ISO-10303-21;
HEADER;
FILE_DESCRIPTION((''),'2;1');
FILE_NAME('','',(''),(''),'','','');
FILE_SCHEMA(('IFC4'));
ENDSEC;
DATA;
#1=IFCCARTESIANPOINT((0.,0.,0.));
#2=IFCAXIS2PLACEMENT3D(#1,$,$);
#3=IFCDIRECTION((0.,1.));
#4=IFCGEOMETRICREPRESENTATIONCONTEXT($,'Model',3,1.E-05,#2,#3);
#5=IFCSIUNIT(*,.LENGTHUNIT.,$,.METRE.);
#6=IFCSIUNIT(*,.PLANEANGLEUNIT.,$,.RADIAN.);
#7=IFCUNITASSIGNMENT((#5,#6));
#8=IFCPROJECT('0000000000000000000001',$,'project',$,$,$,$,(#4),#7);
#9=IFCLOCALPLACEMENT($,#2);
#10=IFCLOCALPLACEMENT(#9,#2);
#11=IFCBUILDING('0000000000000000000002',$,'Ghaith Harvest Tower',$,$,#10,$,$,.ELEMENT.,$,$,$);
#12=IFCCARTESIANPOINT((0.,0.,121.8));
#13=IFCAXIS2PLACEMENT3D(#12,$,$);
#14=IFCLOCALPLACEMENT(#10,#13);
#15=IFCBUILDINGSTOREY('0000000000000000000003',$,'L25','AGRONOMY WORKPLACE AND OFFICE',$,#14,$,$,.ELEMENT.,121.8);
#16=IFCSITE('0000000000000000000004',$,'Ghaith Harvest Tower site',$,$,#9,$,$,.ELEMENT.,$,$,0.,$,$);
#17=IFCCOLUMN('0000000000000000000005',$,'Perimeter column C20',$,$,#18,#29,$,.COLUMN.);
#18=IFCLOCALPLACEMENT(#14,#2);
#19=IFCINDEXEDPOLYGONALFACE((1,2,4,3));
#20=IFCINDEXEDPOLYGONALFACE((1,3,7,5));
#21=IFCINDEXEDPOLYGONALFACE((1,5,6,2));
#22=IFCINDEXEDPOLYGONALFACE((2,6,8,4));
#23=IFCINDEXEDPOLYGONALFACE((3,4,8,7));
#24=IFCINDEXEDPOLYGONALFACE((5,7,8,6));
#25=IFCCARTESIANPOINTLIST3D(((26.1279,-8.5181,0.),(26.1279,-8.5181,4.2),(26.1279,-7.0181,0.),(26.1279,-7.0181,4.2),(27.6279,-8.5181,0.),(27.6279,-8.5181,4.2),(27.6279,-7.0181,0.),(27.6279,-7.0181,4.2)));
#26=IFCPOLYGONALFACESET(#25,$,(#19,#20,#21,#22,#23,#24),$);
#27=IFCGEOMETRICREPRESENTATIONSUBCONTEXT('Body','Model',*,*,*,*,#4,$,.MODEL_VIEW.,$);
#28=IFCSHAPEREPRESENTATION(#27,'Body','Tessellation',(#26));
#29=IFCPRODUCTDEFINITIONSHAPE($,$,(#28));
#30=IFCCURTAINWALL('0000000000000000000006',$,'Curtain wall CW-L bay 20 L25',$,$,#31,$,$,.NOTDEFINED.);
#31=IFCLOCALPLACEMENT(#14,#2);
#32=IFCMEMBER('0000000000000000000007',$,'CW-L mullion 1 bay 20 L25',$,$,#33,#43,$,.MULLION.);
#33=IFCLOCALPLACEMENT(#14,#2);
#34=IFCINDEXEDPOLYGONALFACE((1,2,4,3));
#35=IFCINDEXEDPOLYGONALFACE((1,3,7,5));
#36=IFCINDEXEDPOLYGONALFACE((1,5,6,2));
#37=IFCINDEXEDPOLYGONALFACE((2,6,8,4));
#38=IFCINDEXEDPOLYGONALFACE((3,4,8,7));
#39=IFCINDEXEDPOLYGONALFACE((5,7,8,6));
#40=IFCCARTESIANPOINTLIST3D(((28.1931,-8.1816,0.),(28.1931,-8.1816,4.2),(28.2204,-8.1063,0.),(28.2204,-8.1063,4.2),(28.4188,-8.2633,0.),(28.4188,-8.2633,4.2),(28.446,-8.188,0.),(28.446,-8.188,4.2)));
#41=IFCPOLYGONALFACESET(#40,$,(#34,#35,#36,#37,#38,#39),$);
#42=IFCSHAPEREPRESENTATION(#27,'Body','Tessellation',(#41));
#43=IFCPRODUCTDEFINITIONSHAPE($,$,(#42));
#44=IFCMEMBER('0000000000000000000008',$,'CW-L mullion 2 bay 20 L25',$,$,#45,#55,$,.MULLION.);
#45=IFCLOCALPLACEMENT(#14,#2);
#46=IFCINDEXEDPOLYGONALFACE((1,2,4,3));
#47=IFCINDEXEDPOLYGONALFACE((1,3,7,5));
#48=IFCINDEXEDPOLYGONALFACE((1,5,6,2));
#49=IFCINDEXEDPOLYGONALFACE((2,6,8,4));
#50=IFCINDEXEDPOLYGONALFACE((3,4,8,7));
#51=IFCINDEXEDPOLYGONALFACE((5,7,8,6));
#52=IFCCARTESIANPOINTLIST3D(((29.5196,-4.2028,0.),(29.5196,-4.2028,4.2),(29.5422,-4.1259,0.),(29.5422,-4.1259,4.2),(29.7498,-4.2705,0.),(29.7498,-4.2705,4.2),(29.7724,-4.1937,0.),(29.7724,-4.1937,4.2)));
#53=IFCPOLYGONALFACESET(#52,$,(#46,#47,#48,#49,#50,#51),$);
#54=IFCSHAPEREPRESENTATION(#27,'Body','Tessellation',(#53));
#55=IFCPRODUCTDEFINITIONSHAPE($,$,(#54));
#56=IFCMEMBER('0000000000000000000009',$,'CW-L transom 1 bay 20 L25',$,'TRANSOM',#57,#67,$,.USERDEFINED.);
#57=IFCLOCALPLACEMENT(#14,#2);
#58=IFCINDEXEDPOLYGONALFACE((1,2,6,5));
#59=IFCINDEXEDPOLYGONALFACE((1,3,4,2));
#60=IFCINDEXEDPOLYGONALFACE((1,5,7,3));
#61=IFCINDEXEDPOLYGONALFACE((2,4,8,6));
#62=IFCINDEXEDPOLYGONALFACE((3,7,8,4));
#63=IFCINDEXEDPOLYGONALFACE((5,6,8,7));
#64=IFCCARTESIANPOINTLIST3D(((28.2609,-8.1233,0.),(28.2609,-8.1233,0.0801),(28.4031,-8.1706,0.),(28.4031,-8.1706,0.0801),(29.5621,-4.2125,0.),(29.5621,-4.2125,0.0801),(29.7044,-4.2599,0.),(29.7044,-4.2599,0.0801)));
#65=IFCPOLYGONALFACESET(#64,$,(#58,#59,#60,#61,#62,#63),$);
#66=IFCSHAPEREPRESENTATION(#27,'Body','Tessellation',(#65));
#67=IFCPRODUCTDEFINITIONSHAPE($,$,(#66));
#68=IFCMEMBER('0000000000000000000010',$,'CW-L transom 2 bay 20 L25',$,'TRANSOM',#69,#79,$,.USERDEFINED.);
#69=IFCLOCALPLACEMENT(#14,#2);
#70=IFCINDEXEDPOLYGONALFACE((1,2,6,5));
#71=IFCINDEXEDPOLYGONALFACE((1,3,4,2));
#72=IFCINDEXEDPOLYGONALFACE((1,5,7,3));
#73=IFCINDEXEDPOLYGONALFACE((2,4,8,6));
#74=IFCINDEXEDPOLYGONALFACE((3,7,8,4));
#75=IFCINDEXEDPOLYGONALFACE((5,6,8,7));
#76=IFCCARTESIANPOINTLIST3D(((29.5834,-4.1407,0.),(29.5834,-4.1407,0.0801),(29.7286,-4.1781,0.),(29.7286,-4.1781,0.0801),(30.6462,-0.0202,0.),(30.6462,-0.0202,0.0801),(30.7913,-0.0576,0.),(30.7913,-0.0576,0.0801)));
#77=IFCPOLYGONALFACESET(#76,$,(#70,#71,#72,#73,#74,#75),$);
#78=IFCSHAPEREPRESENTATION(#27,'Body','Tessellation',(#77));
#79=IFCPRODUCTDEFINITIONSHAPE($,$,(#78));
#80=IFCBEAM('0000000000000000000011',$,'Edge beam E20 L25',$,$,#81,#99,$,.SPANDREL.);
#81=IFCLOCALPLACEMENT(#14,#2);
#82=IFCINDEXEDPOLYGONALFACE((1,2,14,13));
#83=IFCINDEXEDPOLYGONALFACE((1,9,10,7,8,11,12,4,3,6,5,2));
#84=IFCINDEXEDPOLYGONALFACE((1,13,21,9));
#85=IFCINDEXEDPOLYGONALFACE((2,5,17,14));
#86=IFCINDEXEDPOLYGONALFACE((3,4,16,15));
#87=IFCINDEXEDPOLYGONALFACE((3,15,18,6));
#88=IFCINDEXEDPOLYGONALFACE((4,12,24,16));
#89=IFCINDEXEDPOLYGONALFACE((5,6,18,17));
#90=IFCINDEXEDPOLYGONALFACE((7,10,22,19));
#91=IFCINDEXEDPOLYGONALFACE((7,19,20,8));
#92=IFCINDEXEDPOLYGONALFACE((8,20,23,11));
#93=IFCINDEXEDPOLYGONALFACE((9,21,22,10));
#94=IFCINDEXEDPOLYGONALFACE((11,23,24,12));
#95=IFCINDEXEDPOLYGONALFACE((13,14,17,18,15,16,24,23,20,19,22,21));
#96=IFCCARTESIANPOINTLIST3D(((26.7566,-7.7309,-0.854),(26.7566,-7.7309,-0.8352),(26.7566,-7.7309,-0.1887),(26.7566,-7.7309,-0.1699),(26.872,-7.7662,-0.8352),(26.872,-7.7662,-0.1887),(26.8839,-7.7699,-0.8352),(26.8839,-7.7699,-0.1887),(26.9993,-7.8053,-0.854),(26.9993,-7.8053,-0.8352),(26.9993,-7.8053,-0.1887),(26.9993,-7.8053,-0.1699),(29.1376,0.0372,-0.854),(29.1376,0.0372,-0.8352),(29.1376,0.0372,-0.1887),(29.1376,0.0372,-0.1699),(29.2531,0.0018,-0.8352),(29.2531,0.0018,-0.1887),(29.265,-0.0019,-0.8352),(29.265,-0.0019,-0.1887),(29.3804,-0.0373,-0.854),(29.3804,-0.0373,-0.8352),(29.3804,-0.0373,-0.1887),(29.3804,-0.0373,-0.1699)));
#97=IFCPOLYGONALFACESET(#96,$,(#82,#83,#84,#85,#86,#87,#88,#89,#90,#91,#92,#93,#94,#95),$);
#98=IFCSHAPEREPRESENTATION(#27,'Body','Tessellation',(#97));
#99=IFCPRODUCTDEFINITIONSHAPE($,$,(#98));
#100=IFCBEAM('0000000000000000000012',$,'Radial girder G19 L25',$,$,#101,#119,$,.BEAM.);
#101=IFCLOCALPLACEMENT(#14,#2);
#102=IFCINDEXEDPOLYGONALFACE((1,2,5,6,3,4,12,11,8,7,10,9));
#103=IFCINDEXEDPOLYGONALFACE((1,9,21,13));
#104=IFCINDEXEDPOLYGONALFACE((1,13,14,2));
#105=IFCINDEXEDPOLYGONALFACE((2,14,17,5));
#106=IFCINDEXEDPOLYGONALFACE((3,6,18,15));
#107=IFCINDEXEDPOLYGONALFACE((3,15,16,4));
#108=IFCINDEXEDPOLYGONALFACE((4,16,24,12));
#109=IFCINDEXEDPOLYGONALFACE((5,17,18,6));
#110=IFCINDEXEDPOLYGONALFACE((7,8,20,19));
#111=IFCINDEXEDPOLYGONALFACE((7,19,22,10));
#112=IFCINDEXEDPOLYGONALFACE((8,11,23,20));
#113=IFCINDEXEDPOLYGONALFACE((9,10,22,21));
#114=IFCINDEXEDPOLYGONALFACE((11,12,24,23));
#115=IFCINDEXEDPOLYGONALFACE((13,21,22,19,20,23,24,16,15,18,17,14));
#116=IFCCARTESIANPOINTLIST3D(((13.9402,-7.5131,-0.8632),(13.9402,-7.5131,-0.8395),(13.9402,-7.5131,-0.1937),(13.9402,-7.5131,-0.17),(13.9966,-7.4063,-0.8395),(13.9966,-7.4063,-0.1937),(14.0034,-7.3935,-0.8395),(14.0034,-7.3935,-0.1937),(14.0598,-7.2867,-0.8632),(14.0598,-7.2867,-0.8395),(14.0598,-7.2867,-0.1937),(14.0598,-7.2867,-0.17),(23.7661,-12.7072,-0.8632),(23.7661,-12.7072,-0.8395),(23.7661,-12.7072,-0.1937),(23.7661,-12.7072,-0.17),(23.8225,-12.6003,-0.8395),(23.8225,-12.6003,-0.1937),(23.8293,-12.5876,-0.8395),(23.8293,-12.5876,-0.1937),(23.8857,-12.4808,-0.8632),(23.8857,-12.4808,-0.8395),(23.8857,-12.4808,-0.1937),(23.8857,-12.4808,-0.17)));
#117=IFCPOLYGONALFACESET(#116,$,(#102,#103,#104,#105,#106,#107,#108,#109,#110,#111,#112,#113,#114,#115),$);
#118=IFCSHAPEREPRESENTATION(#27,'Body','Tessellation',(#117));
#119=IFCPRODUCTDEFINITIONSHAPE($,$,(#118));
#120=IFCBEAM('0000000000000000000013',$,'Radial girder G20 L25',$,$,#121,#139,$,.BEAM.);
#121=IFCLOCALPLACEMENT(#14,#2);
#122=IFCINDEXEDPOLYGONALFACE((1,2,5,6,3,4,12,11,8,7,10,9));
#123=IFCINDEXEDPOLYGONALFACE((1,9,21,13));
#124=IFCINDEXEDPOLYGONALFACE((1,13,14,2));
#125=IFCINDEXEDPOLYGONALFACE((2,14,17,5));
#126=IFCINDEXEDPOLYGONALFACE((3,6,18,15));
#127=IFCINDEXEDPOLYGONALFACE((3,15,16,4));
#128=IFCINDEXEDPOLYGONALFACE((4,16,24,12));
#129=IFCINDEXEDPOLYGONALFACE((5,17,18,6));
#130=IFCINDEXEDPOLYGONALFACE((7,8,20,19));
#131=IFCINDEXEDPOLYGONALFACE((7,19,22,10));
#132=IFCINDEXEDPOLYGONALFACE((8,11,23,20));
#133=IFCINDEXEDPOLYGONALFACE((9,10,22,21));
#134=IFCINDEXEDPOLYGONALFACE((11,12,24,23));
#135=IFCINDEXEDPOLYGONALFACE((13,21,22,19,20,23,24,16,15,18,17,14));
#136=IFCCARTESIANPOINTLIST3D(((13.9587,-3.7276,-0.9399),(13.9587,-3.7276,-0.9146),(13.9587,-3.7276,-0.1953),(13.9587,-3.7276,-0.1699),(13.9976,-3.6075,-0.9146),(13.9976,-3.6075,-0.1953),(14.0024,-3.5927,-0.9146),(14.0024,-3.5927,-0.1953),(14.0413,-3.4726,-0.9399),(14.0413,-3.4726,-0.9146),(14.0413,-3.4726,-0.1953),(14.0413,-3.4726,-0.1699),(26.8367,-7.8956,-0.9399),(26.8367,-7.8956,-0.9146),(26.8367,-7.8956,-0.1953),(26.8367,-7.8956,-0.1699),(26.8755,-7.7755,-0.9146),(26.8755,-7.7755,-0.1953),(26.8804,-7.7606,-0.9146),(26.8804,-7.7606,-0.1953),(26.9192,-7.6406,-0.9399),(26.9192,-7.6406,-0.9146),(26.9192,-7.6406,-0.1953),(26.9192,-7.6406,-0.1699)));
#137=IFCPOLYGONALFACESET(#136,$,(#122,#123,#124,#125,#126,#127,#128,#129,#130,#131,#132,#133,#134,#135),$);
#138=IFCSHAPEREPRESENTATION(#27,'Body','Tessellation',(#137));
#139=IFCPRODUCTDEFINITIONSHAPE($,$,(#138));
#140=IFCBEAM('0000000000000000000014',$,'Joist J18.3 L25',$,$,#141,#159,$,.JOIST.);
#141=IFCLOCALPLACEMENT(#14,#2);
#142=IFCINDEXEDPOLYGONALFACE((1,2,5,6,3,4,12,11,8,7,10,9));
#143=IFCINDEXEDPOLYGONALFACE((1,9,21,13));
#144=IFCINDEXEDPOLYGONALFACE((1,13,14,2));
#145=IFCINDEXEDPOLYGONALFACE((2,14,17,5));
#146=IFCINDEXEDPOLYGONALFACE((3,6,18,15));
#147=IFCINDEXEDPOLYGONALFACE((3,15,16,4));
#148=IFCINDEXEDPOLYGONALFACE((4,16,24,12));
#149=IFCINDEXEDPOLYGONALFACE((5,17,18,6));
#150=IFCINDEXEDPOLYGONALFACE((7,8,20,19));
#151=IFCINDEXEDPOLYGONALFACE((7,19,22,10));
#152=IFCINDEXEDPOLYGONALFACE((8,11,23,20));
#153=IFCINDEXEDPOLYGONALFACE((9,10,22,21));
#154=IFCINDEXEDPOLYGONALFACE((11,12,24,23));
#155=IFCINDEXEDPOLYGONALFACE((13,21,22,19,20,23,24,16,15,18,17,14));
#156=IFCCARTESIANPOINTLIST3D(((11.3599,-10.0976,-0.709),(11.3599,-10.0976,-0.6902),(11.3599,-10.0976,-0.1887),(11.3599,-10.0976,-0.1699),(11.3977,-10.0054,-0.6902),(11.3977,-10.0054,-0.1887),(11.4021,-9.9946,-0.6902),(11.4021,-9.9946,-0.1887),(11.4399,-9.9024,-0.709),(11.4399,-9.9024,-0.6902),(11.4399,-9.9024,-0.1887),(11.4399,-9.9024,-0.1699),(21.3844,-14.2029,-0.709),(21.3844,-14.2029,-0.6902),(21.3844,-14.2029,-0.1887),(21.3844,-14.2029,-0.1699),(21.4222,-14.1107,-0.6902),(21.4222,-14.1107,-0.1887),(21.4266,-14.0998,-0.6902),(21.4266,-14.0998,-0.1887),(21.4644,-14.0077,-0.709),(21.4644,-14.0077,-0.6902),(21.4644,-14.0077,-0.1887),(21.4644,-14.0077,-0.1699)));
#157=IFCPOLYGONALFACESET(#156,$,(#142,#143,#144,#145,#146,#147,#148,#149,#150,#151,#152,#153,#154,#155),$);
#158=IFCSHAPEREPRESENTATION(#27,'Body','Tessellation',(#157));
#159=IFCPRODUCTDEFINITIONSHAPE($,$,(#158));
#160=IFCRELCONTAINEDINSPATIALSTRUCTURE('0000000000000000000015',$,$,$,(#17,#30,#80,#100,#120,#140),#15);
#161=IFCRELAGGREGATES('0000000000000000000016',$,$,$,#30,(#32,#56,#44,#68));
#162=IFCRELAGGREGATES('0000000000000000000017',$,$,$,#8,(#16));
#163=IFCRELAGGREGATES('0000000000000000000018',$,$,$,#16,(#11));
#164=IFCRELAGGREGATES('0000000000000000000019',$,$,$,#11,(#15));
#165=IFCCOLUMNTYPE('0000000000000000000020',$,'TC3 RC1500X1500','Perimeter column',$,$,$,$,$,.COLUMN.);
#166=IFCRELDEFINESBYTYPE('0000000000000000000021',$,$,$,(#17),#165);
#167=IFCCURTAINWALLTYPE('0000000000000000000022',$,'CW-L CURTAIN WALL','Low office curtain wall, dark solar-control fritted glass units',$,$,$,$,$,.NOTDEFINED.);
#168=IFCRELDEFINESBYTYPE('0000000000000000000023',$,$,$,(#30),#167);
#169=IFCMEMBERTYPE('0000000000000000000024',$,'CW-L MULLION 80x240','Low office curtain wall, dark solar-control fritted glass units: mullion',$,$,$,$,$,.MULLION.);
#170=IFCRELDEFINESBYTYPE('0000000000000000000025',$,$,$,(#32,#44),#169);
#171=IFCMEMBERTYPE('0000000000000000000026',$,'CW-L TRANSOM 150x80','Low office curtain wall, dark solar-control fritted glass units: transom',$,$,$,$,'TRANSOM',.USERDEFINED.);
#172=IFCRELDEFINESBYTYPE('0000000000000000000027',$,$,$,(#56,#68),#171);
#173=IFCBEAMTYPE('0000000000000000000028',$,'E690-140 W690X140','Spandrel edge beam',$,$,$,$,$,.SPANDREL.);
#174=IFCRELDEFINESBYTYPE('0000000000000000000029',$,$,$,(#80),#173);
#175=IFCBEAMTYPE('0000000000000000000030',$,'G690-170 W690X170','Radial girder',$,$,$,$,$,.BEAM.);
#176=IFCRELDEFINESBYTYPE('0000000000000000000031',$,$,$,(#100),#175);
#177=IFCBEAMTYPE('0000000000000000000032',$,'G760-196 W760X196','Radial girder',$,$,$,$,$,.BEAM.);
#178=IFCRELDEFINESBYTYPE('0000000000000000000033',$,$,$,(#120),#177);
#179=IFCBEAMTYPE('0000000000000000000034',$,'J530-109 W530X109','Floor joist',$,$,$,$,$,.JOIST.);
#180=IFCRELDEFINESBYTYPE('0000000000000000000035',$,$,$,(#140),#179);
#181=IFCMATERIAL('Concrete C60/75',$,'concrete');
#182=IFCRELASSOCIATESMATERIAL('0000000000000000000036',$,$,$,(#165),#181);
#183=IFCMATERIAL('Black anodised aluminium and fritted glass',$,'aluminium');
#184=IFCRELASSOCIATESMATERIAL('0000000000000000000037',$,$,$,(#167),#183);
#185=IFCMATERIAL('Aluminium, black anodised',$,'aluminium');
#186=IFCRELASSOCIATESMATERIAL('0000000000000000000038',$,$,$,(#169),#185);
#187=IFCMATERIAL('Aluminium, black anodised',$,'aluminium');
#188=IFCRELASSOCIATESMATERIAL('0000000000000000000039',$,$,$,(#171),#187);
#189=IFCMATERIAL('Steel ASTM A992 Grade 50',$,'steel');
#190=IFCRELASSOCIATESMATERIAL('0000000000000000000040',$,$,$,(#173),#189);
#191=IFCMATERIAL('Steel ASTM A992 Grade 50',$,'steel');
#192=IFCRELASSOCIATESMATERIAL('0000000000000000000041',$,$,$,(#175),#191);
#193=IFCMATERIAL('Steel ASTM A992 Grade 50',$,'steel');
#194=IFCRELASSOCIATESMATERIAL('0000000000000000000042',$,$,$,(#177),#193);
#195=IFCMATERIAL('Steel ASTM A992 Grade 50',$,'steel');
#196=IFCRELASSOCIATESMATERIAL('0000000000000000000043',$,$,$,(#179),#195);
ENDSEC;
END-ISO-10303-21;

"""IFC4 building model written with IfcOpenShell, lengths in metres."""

from ifc_helpers import new_model, si_unit, direction, frame, origin, origin_2d, place, context, subcontext, project, spatial, rectangle, i_section, extrude, material, material_profile, profile_set, type_object, element, aggregate, save


model = new_model("IFC4")

# Units and contexts
model_context = context("Model", 3, precision=1e-05, world=origin(), true_north=direction((0.0, 1.0)))
body_context = subcontext(model_context, "Body", "Model", "MODEL_VIEW")
ifc_project = project(units=[si_unit("LENGTHUNIT", "METRE"), si_unit("PLANEANGLEUNIT", "RADIAN")], contexts=[model_context])

# Site, building, storey
site_placement = place(None, origin())
site = spatial("IfcSite", under=ifc_project, at=site_placement, Name="Ghaith Harvest Tower site", CompositionType="ELEMENT", RefElevation=0.0)
building_placement = place(site_placement, origin())
building = spatial("IfcBuilding", under=site, at=building_placement, Name="Ghaith Harvest Tower", CompositionType="ELEMENT")
storey_placement = place(building_placement, frame((0.0, 0.0, 121.8)))
storey = spatial("IfcBuildingStorey", under=building, at=storey_placement, Name="L25", Description="AGRONOMY WORKPLACE AND OFFICE", CompositionType="ELEMENT", Elevation=121.8)

# Column
ifc_material_1 = material(Name="Concrete C60/75", Category="concrete")
ifc_material_profile_1 = material_profile(ifc_material_1, rectangle(XDim=1.5, YDim=1.5, at=origin_2d()), Name="RC1500X1500")
ifc_profile_set_1 = profile_set([ifc_material_profile_1], Name="Concrete C60/75")
column_type = type_object("IfcColumnType", Name="TC3 RC1500X1500", Description="Perimeter column", PredefinedType="COLUMN", material=ifc_profile_set_1)
column_placement = place(storey_placement, frame((26.8779, -7.7681, 0.0), z_axis=(0.0, 0.0, 1.0), x_axis=(1.0, 0.0, 0.0)))
element("IfcColumn", 1, at=column_placement, inside=storey, type_object=column_type, Name="Perimeter column C20", PredefinedType="COLUMN", context=body_context, shape_type="SweptSolid", body=[
    extrude(rectangle(XDim=1.5, YDim=1.5, at=origin_2d()), origin(), (0.0, 0.0, 1.0), 4.2),
])

# Curtain wall, members
ifc_material_2 = material(Name="Black anodised aluminium and fritted glass", Category="aluminium")
curtain_wall_type = type_object("IfcCurtainWallType", Name="CW-L CURTAIN WALL", Description="Low office curtain wall, dark solar-control fritted glass units", PredefinedType="NOTDEFINED", material=ifc_material_2)
curtain_wall_1_placement = place(storey_placement, origin())
curtain_wall_1 = element("IfcCurtainWall", 2, at=curtain_wall_1_placement, inside=storey, type_object=curtain_wall_type, Name="Curtain wall CW-L bay 20 L25", PredefinedType="NOTDEFINED")
ifc_material_3 = material(Name="Aluminium, black anodised", Category="aluminium")
ifc_material_profile_2 = material_profile(ifc_material_3, rectangle(XDim=0.0801, YDim=0.24, at=origin_2d()), Name="CW-L MULLION 80x240")
ifc_profile_set_2 = profile_set([ifc_material_profile_2], Name="Aluminium, black anodised")
member_type_1 = type_object("IfcMemberType", Name="CW-L MULLION 80x240", Description="Low office curtain wall, dark solar-control fritted glass units: mullion", PredefinedType="MULLION", material=ifc_profile_set_2)
member_1_placement = place(storey_placement, frame((28.3196, -8.1848, 0.0), z_axis=(0.0, 0.0, 1.0), x_axis=(0.340574, 0.940218, 0.0)))
member_1 = element("IfcMember", 3, at=member_1_placement, type_object=member_type_1, Name="CW-L mullion 1 bay 20 L25", PredefinedType="MULLION", context=body_context, shape_type="SweptSolid", body=[
    extrude(rectangle(XDim=0.0801, YDim=0.24, at=origin_2d()), origin(), (0.0, 0.0, 1.0), 4.2),
])
member_2_placement = place(storey_placement, frame((29.646, -4.1982, 0.0), z_axis=(0.0, 0.0, 1.0), x_axis=(0.282375, 0.959304, 0.0)))
member_2 = element("IfcMember", 4, at=member_2_placement, type_object=member_type_1, Name="CW-L mullion 2 bay 20 L25", PredefinedType="MULLION", context=body_context, shape_type="SweptSolid", body=[
    extrude(rectangle(XDim=0.0801, YDim=0.24, at=origin_2d()), origin(), (0.0, 0.0, 1.0), 4.2),
])
ifc_material_4 = material(Name="Aluminium, black anodised", Category="aluminium")
ifc_material_profile_3 = material_profile(ifc_material_4, rectangle(XDim=0.1499, YDim=0.0801, at=origin_2d()), Name="CW-L TRANSOM 150x80")
ifc_profile_set_3 = profile_set([ifc_material_profile_3], Name="Aluminium, black anodised")
member_type_2 = type_object("IfcMemberType", Name="CW-L TRANSOM 150x80", Description="Low office curtain wall, dark solar-control fritted glass units: transom", ElementType="TRANSOM", PredefinedType="USERDEFINED", material=ifc_profile_set_3)
member_3_placement = place(storey_placement, frame((28.332, -8.147, 0.04), z_axis=(0.315712, 0.948855, 0.0), x_axis=(-0.948855, 0.315712, 0.0)))
member_3 = element("IfcMember", 5, at=member_3_placement, type_object=member_type_2, Name="CW-L transom 1 bay 20 L25", ObjectType="TRANSOM", PredefinedType="USERDEFINED", context=body_context, shape_type="SweptSolid", body=[
    extrude(rectangle(XDim=0.1499, YDim=0.0801, at=origin_2d()), origin(), (0.0, 0.0, 1.0), 4.1216),
])
member_4_placement = place(storey_placement, frame((29.656, -4.1594, 0.04), z_axis=(0.249737, 0.968314, 0.0), x_axis=(-0.968314, 0.249737, 0.0)))
member_4 = element("IfcMember", 6, at=member_4_placement, type_object=member_type_2, Name="CW-L transom 2 bay 20 L25", ObjectType="TRANSOM", PredefinedType="USERDEFINED", context=body_context, shape_type="SweptSolid", body=[
    extrude(rectangle(XDim=0.1499, YDim=0.0801, at=origin_2d()), origin(), (0.0, 0.0, 1.0), 4.2554),
])

# Beams
ifc_material_5 = material(Name="Steel ASTM A992 Grade 50", Category="steel")
ifc_material_profile_4 = material_profile(ifc_material_5, i_section(OverallWidth=0.2539, OverallDepth=0.6841, WebThickness=0.0125, FlangeThickness=0.0188, at=origin_2d()), Name="W690X140")
ifc_profile_set_4 = profile_set([ifc_material_profile_4], Name="Steel ASTM A992 Grade 50")
beam_type_1 = type_object("IfcBeamType", Name="E690-140 W690X140", Description="Spandrel edge beam", PredefinedType="SPANDREL", material=ifc_profile_set_4)
beam_1_placement = place(storey_placement, frame((26.8779, -7.7681, -0.512), z_axis=(0.293066, 0.956092, 0.0), x_axis=(-0.956092, 0.293066, 0.0)))
element("IfcBeam", 7, at=beam_1_placement, inside=storey, type_object=beam_type_1, Name="Edge beam E20 L25", PredefinedType="SPANDREL", context=body_context, shape_type="SweptSolid", body=[
    extrude(i_section(OverallWidth=0.2539, OverallDepth=0.6841, WebThickness=0.0125, FlangeThickness=0.0188, at=origin_2d()), origin(), (0.0, 0.0, 1.0), 8.1248),
])
ifc_material_6 = material(Name="Steel ASTM A992 Grade 50", Category="steel")
ifc_material_profile_5 = material_profile(ifc_material_6, i_section(OverallWidth=0.2561, OverallDepth=0.6931, WebThickness=0.0144, FlangeThickness=0.0237, at=origin_2d()), Name="W690X170")
ifc_profile_set_5 = profile_set([ifc_material_profile_5], Name="Steel ASTM A992 Grade 50")
beam_type_2 = type_object("IfcBeamType", Name="G690-170 W690X170", Description="Radial girder", PredefinedType="BEAM", material=ifc_profile_set_5)
beam_2_placement = place(storey_placement, frame((14.0, -7.3999, -0.5166), z_axis=(0.884081, -0.467335, 0.0), x_axis=(0.467335, 0.884081, 0.0)))
element("IfcBeam", 8, at=beam_2_placement, inside=storey, type_object=beam_type_2, Name="Radial girder G19 L25", PredefinedType="BEAM", context=body_context, shape_type="SweptSolid", body=[
    extrude(i_section(OverallWidth=0.2561, OverallDepth=0.6931, WebThickness=0.0144, FlangeThickness=0.0237, at=origin_2d()), origin(), (0.0, 0.0, 1.0), 11.1143),
])
ifc_material_7 = material(Name="Steel ASTM A992 Grade 50", Category="steel")
ifc_material_profile_6 = material_profile(ifc_material_7, i_section(OverallWidth=0.2681, OverallDepth=0.77, WebThickness=0.0156, FlangeThickness=0.0254, at=origin_2d()), Name="W760X196")
ifc_profile_set_6 = profile_set([ifc_material_profile_6], Name="Steel ASTM A992 Grade 50")
beam_type_3 = type_object("IfcBeamType", Name="G760-196 W760X196", Description="Radial girder", PredefinedType="BEAM", material=ifc_profile_set_6)
beam_3_placement = place(storey_placement, frame((14.0, -3.6001, -0.5549), z_axis=(0.95141, -0.307926, 0.0), x_axis=(0.307926, 0.95141, 0.0)))
element("IfcBeam", 9, at=beam_3_placement, inside=storey, type_object=beam_type_3, Name="Radial girder G20 L25", PredefinedType="BEAM", context=body_context, shape_type="SweptSolid", body=[
    extrude(i_section(OverallWidth=0.2681, OverallDepth=0.77, WebThickness=0.0156, FlangeThickness=0.0254, at=origin_2d()), origin(), (0.0, 0.0, 1.0), 13.5356),
])
ifc_material_8 = material(Name="Steel ASTM A992 Grade 50", Category="steel")
ifc_material_profile_7 = material_profile(ifc_material_8, i_section(OverallWidth=0.2109, OverallDepth=0.5391, WebThickness=0.0117, FlangeThickness=0.0188, at=origin_2d()), Name="W530X109")
ifc_profile_set_7 = profile_set([ifc_material_profile_7], Name="Steel ASTM A992 Grade 50")
beam_type_4 = type_object("IfcBeamType", Name="J530-109 W530X109", Description="Floor joist", PredefinedType="JOIST", material=ifc_profile_set_7)
beam_4_placement = place(storey_placement, frame((11.3999, -10.0, -0.4395), z_axis=(0.925407, -0.378975, 0.0), x_axis=(0.378975, 0.925407, 0.0)))
element("IfcBeam", 10, at=beam_4_placement, inside=storey, type_object=beam_type_4, Name="Joist J18.3 L25", PredefinedType="JOIST", context=body_context, shape_type="SweptSolid", body=[
    extrude(i_section(OverallWidth=0.2109, OverallDepth=0.5391, WebThickness=0.0117, FlangeThickness=0.0188, at=origin_2d()), origin(), (0.0, 0.0, 1.0), 10.8325),
])

aggregate(curtain_wall_1, [member_1, member_3, member_2, member_4])

save(model, "model.ifc")
